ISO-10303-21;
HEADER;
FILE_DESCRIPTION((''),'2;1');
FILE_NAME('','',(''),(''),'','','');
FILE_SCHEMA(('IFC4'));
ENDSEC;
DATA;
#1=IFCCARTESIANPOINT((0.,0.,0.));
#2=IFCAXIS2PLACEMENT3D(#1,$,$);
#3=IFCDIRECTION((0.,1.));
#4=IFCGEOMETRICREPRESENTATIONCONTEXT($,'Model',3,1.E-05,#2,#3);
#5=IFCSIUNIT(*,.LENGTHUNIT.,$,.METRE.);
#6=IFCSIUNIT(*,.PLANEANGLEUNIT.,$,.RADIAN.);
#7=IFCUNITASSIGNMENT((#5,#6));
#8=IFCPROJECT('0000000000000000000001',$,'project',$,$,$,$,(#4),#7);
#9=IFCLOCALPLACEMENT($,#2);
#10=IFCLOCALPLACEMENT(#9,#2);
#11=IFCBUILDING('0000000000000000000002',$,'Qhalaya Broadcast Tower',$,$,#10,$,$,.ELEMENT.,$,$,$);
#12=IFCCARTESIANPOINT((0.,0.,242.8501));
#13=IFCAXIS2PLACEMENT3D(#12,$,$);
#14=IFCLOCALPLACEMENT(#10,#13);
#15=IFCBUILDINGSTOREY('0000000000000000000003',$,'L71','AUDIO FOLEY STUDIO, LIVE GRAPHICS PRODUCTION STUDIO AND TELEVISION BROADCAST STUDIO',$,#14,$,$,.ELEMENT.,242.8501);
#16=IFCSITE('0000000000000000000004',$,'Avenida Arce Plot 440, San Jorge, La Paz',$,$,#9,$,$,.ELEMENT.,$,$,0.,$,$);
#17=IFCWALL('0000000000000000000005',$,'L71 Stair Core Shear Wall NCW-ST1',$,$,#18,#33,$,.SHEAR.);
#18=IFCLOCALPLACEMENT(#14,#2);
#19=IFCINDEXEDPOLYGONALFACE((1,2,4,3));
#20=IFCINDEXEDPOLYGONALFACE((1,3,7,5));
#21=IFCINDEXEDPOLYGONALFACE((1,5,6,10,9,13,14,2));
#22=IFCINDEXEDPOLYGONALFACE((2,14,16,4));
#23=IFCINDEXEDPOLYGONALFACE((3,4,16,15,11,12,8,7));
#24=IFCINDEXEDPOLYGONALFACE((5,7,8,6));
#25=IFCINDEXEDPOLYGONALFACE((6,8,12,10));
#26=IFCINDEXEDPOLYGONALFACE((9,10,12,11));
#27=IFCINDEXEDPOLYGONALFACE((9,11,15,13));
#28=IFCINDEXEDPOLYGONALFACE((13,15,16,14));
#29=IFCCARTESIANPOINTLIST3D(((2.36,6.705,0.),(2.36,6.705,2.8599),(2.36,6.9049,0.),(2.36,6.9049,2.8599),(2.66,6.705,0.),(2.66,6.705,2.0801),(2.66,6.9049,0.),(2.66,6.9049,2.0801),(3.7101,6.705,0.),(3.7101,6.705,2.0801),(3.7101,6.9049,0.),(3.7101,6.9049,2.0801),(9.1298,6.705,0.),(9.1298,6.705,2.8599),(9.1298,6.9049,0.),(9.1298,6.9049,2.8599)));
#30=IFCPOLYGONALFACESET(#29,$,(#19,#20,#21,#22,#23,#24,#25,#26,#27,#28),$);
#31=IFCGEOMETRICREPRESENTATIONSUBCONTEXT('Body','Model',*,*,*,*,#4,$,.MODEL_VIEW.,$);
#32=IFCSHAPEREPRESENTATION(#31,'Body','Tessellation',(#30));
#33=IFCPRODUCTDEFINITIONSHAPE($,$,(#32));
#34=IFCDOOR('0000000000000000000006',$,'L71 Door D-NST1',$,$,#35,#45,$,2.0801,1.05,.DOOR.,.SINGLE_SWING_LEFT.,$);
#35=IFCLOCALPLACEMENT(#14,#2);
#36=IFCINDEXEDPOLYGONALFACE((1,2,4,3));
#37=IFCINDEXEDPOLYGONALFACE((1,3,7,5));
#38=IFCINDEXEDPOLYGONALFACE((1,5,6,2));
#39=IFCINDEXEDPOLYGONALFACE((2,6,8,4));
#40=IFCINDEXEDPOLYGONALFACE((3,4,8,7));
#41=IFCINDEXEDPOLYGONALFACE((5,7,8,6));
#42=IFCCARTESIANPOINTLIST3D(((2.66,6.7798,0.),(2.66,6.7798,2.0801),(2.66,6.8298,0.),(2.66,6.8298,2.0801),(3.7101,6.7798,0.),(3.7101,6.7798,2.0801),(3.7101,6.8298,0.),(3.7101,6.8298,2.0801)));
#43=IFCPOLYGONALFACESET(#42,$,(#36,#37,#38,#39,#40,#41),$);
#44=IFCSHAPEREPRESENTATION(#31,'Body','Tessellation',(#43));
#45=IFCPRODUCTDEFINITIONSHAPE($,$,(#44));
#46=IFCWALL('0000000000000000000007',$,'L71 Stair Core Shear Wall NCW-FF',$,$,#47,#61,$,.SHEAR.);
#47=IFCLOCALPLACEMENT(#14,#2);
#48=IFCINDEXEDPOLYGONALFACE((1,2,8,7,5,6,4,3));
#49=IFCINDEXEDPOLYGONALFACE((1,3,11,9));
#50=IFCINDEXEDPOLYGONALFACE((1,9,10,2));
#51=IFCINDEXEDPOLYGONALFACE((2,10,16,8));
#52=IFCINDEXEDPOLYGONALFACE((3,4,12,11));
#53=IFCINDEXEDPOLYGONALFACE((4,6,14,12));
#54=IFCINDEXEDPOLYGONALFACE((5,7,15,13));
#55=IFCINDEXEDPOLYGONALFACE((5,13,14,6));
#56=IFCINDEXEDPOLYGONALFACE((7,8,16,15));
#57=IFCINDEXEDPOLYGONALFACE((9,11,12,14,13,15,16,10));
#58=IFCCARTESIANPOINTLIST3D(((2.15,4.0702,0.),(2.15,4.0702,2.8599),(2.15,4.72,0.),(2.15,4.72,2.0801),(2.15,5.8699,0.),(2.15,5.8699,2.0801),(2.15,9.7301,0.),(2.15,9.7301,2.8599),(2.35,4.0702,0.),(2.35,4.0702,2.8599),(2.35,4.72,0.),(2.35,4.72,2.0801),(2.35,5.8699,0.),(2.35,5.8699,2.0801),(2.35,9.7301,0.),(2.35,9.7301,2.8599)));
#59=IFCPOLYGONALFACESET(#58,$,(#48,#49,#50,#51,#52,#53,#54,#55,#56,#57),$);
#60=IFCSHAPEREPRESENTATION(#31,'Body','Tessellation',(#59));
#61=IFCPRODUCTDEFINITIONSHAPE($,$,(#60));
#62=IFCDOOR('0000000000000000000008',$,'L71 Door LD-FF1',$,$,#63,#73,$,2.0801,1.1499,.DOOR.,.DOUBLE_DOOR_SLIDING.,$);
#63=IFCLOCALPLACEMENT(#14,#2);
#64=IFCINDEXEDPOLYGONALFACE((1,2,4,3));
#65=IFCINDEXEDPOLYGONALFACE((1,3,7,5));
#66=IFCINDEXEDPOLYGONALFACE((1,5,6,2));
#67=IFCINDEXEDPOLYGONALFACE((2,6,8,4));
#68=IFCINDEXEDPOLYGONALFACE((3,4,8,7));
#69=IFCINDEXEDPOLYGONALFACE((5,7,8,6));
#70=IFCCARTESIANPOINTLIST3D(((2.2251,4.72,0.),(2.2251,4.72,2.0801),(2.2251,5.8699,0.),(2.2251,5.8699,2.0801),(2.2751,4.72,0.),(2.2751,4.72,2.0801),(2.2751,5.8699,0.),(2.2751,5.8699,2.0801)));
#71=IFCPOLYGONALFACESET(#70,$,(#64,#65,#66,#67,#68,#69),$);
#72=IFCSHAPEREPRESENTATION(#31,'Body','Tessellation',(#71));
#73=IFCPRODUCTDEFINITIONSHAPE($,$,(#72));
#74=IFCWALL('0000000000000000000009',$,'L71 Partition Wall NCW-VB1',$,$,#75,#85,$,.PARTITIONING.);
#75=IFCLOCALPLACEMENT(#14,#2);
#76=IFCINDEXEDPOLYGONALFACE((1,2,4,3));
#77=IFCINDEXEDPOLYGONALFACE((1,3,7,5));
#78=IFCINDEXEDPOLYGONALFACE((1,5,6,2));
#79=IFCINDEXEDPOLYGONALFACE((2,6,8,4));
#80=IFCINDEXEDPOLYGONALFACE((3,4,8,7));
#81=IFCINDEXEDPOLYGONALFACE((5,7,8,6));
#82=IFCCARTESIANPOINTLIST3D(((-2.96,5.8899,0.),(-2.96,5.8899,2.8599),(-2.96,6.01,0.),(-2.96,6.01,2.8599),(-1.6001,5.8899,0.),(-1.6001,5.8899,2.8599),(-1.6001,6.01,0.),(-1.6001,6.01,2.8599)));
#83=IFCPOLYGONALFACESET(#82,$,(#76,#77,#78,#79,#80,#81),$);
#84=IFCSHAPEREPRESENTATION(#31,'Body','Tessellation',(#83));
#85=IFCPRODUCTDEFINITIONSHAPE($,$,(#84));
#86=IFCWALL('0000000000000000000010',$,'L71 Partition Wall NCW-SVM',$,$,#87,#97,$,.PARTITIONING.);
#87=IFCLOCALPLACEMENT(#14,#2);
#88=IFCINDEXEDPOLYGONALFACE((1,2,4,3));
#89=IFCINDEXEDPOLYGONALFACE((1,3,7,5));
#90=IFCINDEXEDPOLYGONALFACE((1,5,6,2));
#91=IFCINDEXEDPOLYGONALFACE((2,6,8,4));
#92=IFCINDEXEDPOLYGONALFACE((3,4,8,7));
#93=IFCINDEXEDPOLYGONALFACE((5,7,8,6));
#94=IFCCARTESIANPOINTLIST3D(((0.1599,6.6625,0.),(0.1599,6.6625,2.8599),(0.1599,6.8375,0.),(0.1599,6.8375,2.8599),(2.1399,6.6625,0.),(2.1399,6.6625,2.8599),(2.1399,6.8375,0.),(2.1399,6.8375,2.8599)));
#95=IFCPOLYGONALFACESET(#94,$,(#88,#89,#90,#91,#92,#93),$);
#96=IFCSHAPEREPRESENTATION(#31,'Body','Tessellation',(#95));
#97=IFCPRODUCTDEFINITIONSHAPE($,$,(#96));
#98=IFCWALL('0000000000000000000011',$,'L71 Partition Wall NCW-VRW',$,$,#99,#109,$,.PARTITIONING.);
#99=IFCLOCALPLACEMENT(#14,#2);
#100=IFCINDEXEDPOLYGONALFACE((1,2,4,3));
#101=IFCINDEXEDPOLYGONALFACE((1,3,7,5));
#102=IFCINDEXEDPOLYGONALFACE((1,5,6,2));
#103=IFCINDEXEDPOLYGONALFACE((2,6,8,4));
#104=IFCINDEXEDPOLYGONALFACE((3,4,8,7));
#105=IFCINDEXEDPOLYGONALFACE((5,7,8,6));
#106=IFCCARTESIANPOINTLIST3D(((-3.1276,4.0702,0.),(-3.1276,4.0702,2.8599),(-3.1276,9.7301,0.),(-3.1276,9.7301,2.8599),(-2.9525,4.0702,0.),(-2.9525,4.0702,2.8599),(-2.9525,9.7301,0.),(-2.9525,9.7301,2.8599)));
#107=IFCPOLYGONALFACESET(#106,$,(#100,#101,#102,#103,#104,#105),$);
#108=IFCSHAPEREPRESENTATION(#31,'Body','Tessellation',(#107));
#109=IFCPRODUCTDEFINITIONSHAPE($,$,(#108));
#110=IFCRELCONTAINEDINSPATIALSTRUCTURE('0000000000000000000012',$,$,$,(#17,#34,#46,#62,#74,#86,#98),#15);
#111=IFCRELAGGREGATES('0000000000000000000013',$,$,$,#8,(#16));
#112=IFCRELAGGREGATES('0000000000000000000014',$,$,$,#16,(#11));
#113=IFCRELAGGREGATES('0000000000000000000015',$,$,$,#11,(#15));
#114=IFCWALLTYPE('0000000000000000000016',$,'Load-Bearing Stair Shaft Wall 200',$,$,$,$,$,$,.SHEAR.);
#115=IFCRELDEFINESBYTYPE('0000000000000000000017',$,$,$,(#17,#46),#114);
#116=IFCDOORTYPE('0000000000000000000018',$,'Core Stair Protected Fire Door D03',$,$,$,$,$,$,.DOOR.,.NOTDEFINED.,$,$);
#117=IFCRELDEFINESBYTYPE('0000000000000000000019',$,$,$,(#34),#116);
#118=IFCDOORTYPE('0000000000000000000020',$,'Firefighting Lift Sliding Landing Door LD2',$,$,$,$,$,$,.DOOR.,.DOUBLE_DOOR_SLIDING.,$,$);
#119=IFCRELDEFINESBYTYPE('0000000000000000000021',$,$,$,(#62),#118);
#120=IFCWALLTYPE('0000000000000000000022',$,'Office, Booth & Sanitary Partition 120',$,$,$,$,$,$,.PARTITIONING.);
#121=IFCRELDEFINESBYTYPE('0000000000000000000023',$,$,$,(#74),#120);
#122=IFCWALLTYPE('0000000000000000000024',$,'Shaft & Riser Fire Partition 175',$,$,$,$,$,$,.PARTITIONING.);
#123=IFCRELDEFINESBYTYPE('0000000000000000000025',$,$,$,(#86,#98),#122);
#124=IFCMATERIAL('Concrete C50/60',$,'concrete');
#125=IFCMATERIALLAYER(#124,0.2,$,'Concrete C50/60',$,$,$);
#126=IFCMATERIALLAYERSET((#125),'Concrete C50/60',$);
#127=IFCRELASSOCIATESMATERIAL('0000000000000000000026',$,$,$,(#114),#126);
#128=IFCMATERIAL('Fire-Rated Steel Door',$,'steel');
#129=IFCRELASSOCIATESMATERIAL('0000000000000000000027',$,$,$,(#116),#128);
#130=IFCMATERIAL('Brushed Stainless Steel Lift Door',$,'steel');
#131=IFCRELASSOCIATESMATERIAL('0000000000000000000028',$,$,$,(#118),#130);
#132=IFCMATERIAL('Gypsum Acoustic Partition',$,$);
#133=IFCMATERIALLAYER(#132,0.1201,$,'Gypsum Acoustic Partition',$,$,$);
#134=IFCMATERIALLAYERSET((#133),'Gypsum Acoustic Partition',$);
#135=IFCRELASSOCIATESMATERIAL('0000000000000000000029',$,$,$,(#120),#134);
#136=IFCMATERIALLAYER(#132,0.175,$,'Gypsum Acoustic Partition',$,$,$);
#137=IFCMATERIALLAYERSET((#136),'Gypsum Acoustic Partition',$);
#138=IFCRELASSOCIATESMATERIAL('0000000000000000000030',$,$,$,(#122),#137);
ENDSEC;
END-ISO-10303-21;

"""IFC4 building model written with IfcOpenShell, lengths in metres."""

from ifc_helpers import new_model, si_unit, direction, frame, frame_2d, origin, place, context, subcontext, project, spatial, rectangle, extrude, material, layer, layer_set, type_object, element, fill, save


model = new_model("IFC4")

# Units and contexts
model_context = context("Model", 3, precision=1e-05, world=origin(), true_north=direction((0.0, 1.0)))
body_context = subcontext(model_context, "Body", "Model", "MODEL_VIEW")
ifc_project = project(units=[si_unit("LENGTHUNIT", "METRE"), si_unit("PLANEANGLEUNIT", "RADIAN")], contexts=[model_context])

# Site, building, storey
site_placement = place(None, origin())
site = spatial("IfcSite", under=ifc_project, at=site_placement, Name="Avenida Arce Plot 440, San Jorge, La Paz", CompositionType="ELEMENT", RefElevation=0.0)
building_placement = place(site_placement, origin())
building = spatial("IfcBuilding", under=site, at=building_placement, Name="Qhalaya Broadcast Tower", CompositionType="ELEMENT")
storey_placement = place(building_placement, frame((0.0, 0.0, 242.8501)))
storey = spatial("IfcBuildingStorey", under=building, at=storey_placement, Name="L71", Description="AUDIO FOLEY STUDIO, LIVE GRAPHICS PRODUCTION STUDIO AND TELEVISION BROADCAST STUDIO", CompositionType="ELEMENT", Elevation=242.8501)

# Shared definitions
ifc_material_1 = material(Name="Gypsum Acoustic Partition")
ifc_material_2 = material(Name="Fire-Rated Steel Door", Category="steel")

# Walls, openings, doors
ifc_material_3 = material(Name="Concrete C50/60", Category="concrete")
ifc_layer_1 = layer(ifc_material_3, 0.2, Name="Concrete C50/60")
ifc_layer_set_1 = layer_set([ifc_layer_1], Name="Concrete C50/60")
wall_type_1 = type_object("IfcWallType", Name="Load-Bearing Stair Shaft Wall 200", PredefinedType="SHEAR", material=ifc_layer_set_1)
wall_1_placement = place(storey_placement, frame((2.3601, 6.8049, 0.0), z_axis=(0.0, 0.0, 1.0), x_axis=(1.0, 0.0, 0.0)))
wall_1 = element("IfcWall", 1, at=wall_1_placement, inside=storey, type_object=wall_type_1, Name="L71 Stair Core Shear Wall NCW-ST1", PredefinedType="SHEAR", context=body_context, shape_type="SweptSolid", body=[
    extrude(rectangle(XDim=6.7698, YDim=0.2, at=frame_2d((3.3848, 0.0))), origin(), (0.0, 0.0, 1.0), 2.8599),
])
opening_1_placement = place(wall_1_placement, frame((0.3, 0.0, 0.0)))
opening_1 = element("IfcOpeningElement", 2, at=opening_1_placement, cuts=wall_1, PredefinedType="OPENING", context=body_context, shape_type="SweptSolid", body=[
    extrude(rectangle(XDim=1.05, YDim=2.0801, at=frame_2d((0.5249, 1.04))), frame((0.0, 0.1121, 0.0), z_axis=(0.0, -1.0, 0.0), x_axis=(1.0, 0.0, 0.0)), (0.0, 0.0, 1.0), 0.2239),
])
door_type_1 = type_object("IfcDoorType", Name="Core Stair Protected Fire Door D03", OperationType="NOTDEFINED", PredefinedType="DOOR", material=ifc_material_2)
door_1_placement = place(opening_1_placement, origin())
door_1 = element("IfcDoor", 3, at=door_1_placement, inside=storey, type_object=door_type_1, Name="L71 Door D-NST1", OperationType="SINGLE_SWING_LEFT", OverallHeight=2.0801, OverallWidth=1.05, PredefinedType="DOOR", context=body_context, shape_type="SweptSolid", body=[
    extrude(rectangle(XDim=1.05, YDim=2.0801, at=frame_2d((0.5249, 1.04))), frame((0.0, 0.0249, 0.0), z_axis=(0.0, -1.0, 0.0), x_axis=(1.0, 0.0, 0.0)), (0.0, 0.0, 1.0), 0.05),
])
fill(opening_1, door_1)
wall_2_placement = place(storey_placement, frame((2.25, 4.0701, 0.0), z_axis=(0.0, 0.0, 1.0), x_axis=(0.0, 1.0, 0.0)))
wall_2 = element("IfcWall", 4, at=wall_2_placement, inside=storey, type_object=wall_type_1, Name="L71 Stair Core Shear Wall NCW-FF", PredefinedType="SHEAR", context=body_context, shape_type="SweptSolid", body=[
    extrude(rectangle(XDim=5.6599, YDim=0.2, at=frame_2d((2.8301, 0.0))), origin(), (0.0, 0.0, 1.0), 2.8599),
])
opening_2_placement = place(wall_2_placement, frame((0.6499, 0.0, 0.0)))
opening_2 = element("IfcOpeningElement", 5, at=opening_2_placement, cuts=wall_2, PredefinedType="OPENING", context=body_context, shape_type="SweptSolid", body=[
    extrude(rectangle(XDim=1.1499, YDim=2.0801, at=frame_2d((0.575, 1.04))), frame((0.0, 0.1121, 0.0), z_axis=(0.0, -1.0, 0.0), x_axis=(1.0, 0.0, 0.0)), (0.0, 0.0, 1.0), 0.2239),
])
ifc_material_4 = material(Name="Brushed Stainless Steel Lift Door", Category="steel")
door_type_2 = type_object("IfcDoorType", Name="Firefighting Lift Sliding Landing Door LD2", OperationType="DOUBLE_DOOR_SLIDING", PredefinedType="DOOR", material=ifc_material_4)
door_2_placement = place(opening_2_placement, origin())
door_2 = element("IfcDoor", 6, at=door_2_placement, inside=storey, type_object=door_type_2, Name="L71 Door LD-FF1", OperationType="DOUBLE_DOOR_SLIDING", OverallHeight=2.0801, OverallWidth=1.1499, PredefinedType="DOOR", context=body_context, shape_type="SweptSolid", body=[
    extrude(rectangle(XDim=1.1499, YDim=2.0801, at=frame_2d((0.575, 1.04))), frame((0.0, 0.0249, 0.0), z_axis=(0.0, -1.0, 0.0), x_axis=(1.0, 0.0, 0.0)), (0.0, 0.0, 1.0), 0.05),
])
fill(opening_2, door_2)

# Wall
ifc_layer_2 = layer(ifc_material_1, 0.1201, Name="Gypsum Acoustic Partition")
ifc_layer_set_2 = layer_set([ifc_layer_2], Name="Gypsum Acoustic Partition")
wall_type_2 = type_object("IfcWallType", Name="Office, Booth & Sanitary Partition 120", PredefinedType="PARTITIONING", material=ifc_layer_set_2)
wall_3_placement = place(storey_placement, frame((-2.96, 5.95, 0.0), z_axis=(0.0, 0.0, 1.0), x_axis=(1.0, 0.0, 0.0)))
element("IfcWall", 7, at=wall_3_placement, inside=storey, type_object=wall_type_2, Name="L71 Partition Wall NCW-VB1", PredefinedType="PARTITIONING", context=body_context, shape_type="SweptSolid", body=[
    extrude(rectangle(XDim=1.3599, YDim=0.1201, at=frame_2d((0.6799, 0.0))), origin(), (0.0, 0.0, 1.0), 2.8599),
])

# Shared definitions
ifc_layer_3 = layer(ifc_material_1, 0.175, Name="Gypsum Acoustic Partition")
ifc_layer_set_3 = layer_set([ifc_layer_3], Name="Gypsum Acoustic Partition")
wall_type_3 = type_object("IfcWallType", Name="Shaft & Riser Fire Partition 175", PredefinedType="PARTITIONING", material=ifc_layer_set_3)

# Walls
wall_4_placement = place(storey_placement, frame((0.1599, 6.75, 0.0), z_axis=(0.0, 0.0, 1.0), x_axis=(1.0, 0.0, 0.0)))
element("IfcWall", 8, at=wall_4_placement, inside=storey, type_object=wall_type_3, Name="L71 Partition Wall NCW-SVM", PredefinedType="PARTITIONING", context=body_context, shape_type="SweptSolid", body=[
    extrude(rectangle(XDim=1.98, YDim=0.175, at=frame_2d((0.99, 0.0))), origin(), (0.0, 0.0, 1.0), 2.8599),
])
wall_5_placement = place(storey_placement, frame((-3.04, 4.0701, 0.0), z_axis=(0.0, 0.0, 1.0), x_axis=(0.0, 1.0, 0.0)))
element("IfcWall", 9, at=wall_5_placement, inside=storey, type_object=wall_type_3, Name="L71 Partition Wall NCW-VRW", PredefinedType="PARTITIONING", context=body_context, shape_type="SweptSolid", body=[
    extrude(rectangle(XDim=5.6599, YDim=0.175, at=frame_2d((2.8301, 0.0))), origin(), (0.0, 0.0, 1.0), 2.8599),
])

save(model, "model.ifc")
